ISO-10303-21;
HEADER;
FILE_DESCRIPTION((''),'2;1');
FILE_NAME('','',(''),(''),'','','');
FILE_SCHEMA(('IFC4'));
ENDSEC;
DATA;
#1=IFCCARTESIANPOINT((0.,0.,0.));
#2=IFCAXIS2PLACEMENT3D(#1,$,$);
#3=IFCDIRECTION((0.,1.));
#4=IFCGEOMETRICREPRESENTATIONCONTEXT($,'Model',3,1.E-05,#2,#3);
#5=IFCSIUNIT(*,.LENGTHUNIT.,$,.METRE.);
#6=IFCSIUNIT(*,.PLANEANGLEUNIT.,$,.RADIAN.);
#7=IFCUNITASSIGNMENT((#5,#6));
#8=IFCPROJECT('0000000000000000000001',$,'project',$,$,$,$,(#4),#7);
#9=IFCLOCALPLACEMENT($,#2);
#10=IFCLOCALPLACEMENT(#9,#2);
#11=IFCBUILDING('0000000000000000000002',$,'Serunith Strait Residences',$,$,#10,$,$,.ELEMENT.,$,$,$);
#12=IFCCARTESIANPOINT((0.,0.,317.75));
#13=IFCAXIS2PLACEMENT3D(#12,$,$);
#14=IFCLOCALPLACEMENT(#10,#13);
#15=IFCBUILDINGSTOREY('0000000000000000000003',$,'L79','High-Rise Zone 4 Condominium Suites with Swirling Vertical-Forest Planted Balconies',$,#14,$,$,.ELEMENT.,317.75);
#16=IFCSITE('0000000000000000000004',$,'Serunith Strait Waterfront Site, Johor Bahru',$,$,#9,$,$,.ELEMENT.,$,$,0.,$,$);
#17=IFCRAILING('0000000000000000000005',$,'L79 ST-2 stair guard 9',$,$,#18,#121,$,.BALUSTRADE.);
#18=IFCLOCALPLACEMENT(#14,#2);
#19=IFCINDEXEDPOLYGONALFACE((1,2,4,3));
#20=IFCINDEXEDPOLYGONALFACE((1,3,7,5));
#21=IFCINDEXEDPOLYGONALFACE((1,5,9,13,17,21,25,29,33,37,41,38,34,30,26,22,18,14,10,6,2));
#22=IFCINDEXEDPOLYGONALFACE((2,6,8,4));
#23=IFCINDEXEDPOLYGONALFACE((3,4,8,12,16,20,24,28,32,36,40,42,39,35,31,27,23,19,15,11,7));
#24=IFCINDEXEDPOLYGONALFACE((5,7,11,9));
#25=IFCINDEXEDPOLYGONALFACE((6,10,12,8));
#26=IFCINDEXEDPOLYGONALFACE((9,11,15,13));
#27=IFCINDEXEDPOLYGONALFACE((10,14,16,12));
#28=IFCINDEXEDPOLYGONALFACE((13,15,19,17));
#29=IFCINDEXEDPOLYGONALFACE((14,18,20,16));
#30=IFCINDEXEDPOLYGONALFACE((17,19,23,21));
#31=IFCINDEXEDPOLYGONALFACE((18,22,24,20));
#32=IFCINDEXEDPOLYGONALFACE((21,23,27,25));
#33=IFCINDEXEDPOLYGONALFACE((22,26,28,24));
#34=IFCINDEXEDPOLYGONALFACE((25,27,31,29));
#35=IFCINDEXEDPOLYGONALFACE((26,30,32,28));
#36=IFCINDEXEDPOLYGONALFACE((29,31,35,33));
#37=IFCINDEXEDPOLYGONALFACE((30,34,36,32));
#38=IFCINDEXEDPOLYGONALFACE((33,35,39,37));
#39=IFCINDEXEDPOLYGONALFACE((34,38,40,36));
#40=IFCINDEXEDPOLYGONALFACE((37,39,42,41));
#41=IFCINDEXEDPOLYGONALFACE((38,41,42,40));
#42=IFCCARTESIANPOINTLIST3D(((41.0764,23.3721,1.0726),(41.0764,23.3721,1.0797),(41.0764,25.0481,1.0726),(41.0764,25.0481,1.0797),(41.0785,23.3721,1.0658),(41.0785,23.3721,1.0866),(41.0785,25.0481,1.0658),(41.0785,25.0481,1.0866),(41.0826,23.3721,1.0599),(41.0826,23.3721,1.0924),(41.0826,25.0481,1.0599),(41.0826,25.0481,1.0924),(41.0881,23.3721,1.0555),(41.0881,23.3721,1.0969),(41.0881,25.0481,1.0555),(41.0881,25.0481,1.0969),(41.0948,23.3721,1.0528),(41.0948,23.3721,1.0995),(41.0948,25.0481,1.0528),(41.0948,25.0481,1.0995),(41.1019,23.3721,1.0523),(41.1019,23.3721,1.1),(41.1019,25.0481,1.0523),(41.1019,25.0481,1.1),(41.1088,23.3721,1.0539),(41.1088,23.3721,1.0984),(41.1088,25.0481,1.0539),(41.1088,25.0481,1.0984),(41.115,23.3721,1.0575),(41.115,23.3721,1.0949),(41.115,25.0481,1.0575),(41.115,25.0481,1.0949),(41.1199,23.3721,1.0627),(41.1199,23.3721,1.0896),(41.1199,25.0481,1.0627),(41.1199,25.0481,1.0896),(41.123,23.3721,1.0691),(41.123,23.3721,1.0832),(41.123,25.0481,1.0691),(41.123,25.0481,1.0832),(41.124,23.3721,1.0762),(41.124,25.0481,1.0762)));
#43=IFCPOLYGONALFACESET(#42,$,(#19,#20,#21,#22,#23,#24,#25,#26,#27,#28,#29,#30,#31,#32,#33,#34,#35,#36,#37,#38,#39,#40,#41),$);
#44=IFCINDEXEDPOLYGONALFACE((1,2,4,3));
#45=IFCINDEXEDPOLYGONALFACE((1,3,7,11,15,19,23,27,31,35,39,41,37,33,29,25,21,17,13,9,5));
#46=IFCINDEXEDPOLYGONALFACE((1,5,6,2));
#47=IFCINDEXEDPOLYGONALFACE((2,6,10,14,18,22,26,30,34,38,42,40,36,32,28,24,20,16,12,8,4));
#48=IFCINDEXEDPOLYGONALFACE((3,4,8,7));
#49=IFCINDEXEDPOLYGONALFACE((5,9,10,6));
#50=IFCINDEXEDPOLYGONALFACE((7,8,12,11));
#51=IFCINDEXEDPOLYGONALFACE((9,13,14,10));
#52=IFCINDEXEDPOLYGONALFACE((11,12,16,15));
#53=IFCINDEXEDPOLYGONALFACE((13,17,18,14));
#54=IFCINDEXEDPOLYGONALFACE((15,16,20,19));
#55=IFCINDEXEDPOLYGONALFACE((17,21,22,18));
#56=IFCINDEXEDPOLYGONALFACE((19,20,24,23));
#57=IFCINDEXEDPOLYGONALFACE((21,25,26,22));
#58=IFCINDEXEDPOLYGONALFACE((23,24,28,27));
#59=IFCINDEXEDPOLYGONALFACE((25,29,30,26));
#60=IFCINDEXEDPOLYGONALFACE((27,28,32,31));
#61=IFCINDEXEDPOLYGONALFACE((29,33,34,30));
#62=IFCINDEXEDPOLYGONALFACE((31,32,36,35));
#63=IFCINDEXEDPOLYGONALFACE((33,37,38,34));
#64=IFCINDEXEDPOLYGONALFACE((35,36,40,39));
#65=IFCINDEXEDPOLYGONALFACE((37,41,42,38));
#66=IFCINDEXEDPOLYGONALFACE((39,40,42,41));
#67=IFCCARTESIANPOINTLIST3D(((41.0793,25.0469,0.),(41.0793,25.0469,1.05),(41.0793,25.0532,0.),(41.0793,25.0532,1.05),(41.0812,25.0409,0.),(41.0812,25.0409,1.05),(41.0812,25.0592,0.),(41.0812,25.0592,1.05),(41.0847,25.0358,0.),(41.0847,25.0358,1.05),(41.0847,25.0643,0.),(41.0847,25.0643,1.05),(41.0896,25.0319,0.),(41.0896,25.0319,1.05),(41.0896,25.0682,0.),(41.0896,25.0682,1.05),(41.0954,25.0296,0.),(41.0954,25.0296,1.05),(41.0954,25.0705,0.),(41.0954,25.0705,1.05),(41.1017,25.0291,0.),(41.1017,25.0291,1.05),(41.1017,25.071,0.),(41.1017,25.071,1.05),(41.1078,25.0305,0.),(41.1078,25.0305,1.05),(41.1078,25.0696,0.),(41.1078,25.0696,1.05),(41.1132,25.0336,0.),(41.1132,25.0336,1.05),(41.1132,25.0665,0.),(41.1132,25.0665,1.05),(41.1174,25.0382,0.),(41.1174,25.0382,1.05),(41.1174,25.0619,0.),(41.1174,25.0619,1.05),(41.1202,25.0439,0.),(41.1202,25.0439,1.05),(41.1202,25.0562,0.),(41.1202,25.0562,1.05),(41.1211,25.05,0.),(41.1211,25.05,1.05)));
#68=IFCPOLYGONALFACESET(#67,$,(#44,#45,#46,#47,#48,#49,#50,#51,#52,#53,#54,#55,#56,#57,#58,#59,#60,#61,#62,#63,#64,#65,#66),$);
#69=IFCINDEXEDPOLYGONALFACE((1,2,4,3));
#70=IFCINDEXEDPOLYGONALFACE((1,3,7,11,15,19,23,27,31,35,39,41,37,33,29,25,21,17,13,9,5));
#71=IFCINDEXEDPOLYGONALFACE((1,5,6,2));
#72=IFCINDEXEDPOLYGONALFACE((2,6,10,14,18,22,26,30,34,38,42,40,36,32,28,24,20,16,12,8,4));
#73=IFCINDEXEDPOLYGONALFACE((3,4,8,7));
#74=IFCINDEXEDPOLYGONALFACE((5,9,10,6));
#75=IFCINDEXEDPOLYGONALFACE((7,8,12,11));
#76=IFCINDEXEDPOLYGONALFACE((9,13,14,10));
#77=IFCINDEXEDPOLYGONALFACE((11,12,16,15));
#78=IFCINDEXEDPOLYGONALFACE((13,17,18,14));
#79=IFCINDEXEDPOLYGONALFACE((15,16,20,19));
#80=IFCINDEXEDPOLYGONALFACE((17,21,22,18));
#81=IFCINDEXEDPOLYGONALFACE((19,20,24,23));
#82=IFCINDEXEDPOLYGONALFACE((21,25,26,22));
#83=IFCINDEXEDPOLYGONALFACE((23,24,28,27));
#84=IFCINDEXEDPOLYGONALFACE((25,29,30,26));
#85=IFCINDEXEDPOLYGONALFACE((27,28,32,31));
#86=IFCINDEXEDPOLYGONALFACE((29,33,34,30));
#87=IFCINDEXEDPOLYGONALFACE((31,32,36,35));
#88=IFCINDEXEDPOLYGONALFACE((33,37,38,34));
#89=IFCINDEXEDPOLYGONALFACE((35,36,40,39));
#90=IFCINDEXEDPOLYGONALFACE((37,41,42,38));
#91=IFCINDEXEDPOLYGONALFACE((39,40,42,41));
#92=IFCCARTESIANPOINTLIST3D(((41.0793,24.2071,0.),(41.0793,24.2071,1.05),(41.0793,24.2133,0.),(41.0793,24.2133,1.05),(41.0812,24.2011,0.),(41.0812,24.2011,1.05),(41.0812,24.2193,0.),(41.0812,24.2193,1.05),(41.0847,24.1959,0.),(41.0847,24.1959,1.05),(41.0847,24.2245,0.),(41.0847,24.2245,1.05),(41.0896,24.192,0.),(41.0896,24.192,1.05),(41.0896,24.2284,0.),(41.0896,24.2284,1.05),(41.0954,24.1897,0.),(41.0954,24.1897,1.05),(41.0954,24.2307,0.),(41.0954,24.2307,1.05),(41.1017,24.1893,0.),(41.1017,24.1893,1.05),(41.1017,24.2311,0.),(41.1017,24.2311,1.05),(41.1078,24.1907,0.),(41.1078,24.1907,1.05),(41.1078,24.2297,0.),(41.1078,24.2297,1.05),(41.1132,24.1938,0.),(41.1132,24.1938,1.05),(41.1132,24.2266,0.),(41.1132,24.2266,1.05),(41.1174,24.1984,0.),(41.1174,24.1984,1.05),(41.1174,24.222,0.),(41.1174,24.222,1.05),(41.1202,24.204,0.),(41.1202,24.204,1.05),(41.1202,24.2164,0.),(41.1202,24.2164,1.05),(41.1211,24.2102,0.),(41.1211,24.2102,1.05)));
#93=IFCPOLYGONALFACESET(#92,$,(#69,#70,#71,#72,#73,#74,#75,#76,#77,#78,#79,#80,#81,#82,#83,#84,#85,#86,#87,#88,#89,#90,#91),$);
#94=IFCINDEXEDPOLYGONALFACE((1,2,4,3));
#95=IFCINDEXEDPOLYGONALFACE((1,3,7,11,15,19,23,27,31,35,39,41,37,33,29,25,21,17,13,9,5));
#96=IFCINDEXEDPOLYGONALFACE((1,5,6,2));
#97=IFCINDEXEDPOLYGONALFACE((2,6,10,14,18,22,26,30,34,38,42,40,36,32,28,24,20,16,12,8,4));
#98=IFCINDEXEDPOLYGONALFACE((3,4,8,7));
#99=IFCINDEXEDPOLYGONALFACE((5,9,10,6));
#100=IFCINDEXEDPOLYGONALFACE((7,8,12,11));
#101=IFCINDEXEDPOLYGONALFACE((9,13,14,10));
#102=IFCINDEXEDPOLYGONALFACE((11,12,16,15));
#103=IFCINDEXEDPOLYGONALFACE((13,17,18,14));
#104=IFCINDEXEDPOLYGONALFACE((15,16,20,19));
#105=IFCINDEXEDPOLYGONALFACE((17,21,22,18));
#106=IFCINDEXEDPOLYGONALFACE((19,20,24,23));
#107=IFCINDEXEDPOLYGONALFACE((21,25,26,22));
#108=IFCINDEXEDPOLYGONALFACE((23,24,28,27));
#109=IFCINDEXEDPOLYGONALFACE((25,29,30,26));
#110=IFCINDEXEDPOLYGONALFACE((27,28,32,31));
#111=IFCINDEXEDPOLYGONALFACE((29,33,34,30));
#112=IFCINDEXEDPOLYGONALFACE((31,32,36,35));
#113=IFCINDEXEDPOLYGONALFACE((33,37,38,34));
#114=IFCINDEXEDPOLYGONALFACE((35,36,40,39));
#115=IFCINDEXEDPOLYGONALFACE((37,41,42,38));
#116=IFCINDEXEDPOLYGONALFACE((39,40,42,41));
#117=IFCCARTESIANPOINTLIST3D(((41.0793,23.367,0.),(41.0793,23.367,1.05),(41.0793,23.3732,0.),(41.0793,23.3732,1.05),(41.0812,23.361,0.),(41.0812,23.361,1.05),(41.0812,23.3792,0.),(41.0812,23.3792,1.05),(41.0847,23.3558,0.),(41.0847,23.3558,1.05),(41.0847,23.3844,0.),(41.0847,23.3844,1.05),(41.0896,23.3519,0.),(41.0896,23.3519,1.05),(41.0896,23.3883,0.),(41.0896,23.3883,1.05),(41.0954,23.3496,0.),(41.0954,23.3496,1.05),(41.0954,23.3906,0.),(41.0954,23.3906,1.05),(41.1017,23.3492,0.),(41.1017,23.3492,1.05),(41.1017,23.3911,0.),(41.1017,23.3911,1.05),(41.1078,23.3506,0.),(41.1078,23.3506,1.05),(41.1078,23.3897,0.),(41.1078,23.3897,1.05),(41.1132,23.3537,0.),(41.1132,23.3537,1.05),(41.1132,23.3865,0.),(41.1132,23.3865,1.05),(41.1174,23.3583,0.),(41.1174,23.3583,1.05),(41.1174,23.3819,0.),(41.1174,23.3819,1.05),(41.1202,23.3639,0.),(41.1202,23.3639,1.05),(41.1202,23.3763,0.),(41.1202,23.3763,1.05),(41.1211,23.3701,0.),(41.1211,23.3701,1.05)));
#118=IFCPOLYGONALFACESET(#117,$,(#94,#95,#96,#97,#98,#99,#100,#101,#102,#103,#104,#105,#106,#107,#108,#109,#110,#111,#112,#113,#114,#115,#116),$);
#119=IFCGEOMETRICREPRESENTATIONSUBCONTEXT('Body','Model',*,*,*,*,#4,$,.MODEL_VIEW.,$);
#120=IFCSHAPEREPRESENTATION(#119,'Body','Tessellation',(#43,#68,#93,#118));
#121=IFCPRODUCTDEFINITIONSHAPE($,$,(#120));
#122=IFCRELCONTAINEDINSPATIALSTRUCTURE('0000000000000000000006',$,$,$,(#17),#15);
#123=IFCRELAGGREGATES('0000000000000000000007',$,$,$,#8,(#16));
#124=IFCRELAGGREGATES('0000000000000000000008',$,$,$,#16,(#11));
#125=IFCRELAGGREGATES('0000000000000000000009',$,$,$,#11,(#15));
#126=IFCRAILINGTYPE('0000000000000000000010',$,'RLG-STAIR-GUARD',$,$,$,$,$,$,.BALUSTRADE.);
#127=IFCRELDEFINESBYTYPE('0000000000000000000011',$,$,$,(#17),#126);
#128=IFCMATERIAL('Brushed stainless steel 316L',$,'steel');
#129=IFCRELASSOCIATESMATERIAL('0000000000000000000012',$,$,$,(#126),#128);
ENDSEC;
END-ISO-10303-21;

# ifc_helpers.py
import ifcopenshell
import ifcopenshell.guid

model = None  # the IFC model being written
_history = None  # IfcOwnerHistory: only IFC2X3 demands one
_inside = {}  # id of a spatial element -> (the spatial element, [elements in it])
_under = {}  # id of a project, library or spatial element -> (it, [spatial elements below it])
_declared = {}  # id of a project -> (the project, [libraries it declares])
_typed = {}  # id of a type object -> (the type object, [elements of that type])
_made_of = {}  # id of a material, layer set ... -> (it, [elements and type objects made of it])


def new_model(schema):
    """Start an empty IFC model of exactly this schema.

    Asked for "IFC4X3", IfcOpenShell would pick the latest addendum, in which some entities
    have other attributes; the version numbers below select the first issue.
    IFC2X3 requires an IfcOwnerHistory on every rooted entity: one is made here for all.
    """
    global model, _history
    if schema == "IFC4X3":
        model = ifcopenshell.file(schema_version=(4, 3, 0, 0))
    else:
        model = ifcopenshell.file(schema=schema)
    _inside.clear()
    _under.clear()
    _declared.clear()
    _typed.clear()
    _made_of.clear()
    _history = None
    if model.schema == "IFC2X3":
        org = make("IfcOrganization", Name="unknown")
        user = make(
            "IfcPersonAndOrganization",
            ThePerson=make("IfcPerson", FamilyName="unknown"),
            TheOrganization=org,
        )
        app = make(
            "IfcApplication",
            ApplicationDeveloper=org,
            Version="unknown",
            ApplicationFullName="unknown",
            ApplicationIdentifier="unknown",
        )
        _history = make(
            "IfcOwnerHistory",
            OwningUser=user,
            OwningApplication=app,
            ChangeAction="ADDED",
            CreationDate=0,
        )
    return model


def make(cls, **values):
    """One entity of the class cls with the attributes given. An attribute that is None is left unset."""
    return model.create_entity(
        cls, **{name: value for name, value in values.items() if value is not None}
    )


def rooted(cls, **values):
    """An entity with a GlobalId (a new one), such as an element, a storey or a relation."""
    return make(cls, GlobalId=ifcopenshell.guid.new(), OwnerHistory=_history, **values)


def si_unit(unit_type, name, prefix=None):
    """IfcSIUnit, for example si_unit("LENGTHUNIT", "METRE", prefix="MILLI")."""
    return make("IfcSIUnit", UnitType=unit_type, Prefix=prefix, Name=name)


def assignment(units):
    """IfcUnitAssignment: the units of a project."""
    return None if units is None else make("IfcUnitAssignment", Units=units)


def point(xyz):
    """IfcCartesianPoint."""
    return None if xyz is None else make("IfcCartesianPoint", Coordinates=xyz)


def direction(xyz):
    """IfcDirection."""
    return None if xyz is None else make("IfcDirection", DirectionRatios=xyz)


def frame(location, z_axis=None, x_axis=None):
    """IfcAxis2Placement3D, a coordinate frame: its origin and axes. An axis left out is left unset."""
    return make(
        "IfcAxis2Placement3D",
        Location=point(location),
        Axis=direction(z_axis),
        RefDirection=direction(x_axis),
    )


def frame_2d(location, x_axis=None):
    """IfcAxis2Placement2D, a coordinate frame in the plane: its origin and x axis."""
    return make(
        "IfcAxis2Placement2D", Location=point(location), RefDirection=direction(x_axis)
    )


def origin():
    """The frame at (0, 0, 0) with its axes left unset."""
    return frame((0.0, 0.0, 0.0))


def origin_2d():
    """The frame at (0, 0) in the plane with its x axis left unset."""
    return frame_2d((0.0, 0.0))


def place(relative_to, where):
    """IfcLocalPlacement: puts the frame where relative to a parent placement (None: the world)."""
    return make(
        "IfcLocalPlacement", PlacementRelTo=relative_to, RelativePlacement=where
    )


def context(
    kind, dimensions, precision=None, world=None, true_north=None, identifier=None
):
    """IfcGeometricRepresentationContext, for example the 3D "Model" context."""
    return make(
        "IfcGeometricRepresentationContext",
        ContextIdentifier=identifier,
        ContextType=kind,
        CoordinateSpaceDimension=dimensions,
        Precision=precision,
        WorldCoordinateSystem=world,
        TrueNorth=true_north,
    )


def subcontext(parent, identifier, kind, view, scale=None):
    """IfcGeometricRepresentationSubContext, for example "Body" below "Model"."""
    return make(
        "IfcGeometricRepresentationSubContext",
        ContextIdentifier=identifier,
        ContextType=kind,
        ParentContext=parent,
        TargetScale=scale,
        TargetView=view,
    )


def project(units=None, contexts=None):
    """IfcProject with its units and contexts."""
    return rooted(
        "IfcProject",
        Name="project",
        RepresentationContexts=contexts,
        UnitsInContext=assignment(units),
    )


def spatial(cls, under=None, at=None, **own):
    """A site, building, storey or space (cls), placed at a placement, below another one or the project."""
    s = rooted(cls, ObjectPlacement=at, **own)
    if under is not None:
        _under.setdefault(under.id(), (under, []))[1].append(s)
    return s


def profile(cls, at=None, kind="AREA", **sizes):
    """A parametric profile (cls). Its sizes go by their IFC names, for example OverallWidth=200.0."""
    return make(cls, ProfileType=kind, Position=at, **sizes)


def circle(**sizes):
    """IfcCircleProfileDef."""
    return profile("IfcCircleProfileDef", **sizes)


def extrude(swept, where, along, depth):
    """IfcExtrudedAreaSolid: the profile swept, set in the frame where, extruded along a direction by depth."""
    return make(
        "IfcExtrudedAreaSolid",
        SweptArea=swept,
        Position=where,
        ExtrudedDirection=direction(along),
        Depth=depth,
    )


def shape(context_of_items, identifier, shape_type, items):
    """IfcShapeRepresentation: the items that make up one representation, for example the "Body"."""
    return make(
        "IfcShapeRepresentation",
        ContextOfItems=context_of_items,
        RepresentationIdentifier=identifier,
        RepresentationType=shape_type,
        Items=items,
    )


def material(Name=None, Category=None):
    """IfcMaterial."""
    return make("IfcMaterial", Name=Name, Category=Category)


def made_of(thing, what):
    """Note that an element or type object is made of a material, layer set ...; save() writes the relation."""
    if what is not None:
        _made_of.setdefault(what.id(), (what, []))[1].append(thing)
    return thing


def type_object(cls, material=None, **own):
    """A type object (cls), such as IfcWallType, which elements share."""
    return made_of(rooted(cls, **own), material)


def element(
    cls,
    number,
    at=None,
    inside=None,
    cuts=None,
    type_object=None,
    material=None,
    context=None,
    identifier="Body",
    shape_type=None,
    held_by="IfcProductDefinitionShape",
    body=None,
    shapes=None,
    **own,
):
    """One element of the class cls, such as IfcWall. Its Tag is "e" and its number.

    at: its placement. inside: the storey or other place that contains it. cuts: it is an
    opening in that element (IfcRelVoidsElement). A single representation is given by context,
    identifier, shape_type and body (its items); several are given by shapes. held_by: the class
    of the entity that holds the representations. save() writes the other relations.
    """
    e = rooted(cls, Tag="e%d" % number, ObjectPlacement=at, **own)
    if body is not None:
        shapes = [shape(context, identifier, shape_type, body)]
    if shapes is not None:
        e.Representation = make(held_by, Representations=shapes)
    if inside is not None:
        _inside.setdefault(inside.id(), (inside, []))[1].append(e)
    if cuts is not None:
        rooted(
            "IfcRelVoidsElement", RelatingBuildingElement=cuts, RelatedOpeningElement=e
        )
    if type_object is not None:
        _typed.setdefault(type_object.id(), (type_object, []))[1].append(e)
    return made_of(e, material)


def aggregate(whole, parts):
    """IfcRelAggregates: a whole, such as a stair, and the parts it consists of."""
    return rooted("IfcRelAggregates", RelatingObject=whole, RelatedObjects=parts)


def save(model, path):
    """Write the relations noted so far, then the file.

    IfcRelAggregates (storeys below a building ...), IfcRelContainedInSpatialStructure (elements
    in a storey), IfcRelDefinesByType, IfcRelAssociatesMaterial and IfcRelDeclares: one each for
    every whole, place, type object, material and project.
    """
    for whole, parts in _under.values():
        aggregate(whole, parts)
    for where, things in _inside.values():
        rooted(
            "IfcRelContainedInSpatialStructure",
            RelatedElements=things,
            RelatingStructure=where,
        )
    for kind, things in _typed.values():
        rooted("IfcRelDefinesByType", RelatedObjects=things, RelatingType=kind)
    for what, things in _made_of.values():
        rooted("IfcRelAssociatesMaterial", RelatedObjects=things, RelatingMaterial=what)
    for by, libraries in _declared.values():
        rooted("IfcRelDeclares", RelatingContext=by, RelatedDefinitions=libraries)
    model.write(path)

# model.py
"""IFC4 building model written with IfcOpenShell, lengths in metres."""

from ifc_helpers import new_model, si_unit, direction, frame, origin, origin_2d, place, context, subcontext, project, spatial, circle, extrude, material, type_object, element, save


model = new_model("IFC4")

# Units and contexts
model_context = context("Model", 3, precision=1e-05, world=origin(), true_north=direction((0.0, 1.0)))
body_context = subcontext(model_context, "Body", "Model", "MODEL_VIEW")
ifc_project = project(units=[si_unit("LENGTHUNIT", "METRE"), si_unit("PLANEANGLEUNIT", "RADIAN")], contexts=[model_context])

# Site, building, storey
site_placement = place(None, origin())
site = spatial("IfcSite", under=ifc_project, at=site_placement, Name="Serunith Strait Waterfront Site, Johor Bahru", CompositionType="ELEMENT", RefElevation=0.0)
building_placement = place(site_placement, origin())
building = spatial("IfcBuilding", under=site, at=building_placement, Name="Serunith Strait Residences", CompositionType="ELEMENT")
storey_placement = place(building_placement, frame((0.0, 0.0, 317.75)))
storey = spatial("IfcBuildingStorey", under=building, at=storey_placement, Name="L79", Description="High-Rise Zone 4 Condominium Suites with Swirling Vertical-Forest Planted Balconies", CompositionType="ELEMENT", Elevation=317.75)

# Railing
ifc_material_1 = material(Name="Brushed stainless steel 316L", Category="steel")
railing_type = type_object("IfcRailingType", Name="RLG-STAIR-GUARD", PredefinedType="BALUSTRADE", material=ifc_material_1)
railing_1_placement = place(storey_placement, frame((41.1001, 25.05, 0.0)))
element("IfcRailing", 1, at=railing_1_placement, inside=storey, type_object=railing_type, Name="L79 ST-2 stair guard 9", PredefinedType="BALUSTRADE", context=body_context, shape_type="SweptSolid", body=[
    extrude(circle(Radius=0.0239, at=origin_2d()), frame((0.0, -0.002, 1.0762), z_axis=(0.0, -1.0, 0.0), x_axis=(1.0, 0.0, 0.0)), (0.0, 0.0, 1.0), 1.676),
    extrude(circle(Radius=0.021, at=origin_2d()), origin(), (0.0, 0.0, 1.0), 1.05),
    extrude(circle(Radius=0.021, at=origin_2d()), frame((0.0, -0.8398, 0.0)), (0.0, 0.0, 1.0), 1.05),
    extrude(circle(Radius=0.021, at=origin_2d()), frame((0.0, -1.6799, 0.0)), (0.0, 0.0, 1.0), 1.05),
])

save(model, "model.ifc")
